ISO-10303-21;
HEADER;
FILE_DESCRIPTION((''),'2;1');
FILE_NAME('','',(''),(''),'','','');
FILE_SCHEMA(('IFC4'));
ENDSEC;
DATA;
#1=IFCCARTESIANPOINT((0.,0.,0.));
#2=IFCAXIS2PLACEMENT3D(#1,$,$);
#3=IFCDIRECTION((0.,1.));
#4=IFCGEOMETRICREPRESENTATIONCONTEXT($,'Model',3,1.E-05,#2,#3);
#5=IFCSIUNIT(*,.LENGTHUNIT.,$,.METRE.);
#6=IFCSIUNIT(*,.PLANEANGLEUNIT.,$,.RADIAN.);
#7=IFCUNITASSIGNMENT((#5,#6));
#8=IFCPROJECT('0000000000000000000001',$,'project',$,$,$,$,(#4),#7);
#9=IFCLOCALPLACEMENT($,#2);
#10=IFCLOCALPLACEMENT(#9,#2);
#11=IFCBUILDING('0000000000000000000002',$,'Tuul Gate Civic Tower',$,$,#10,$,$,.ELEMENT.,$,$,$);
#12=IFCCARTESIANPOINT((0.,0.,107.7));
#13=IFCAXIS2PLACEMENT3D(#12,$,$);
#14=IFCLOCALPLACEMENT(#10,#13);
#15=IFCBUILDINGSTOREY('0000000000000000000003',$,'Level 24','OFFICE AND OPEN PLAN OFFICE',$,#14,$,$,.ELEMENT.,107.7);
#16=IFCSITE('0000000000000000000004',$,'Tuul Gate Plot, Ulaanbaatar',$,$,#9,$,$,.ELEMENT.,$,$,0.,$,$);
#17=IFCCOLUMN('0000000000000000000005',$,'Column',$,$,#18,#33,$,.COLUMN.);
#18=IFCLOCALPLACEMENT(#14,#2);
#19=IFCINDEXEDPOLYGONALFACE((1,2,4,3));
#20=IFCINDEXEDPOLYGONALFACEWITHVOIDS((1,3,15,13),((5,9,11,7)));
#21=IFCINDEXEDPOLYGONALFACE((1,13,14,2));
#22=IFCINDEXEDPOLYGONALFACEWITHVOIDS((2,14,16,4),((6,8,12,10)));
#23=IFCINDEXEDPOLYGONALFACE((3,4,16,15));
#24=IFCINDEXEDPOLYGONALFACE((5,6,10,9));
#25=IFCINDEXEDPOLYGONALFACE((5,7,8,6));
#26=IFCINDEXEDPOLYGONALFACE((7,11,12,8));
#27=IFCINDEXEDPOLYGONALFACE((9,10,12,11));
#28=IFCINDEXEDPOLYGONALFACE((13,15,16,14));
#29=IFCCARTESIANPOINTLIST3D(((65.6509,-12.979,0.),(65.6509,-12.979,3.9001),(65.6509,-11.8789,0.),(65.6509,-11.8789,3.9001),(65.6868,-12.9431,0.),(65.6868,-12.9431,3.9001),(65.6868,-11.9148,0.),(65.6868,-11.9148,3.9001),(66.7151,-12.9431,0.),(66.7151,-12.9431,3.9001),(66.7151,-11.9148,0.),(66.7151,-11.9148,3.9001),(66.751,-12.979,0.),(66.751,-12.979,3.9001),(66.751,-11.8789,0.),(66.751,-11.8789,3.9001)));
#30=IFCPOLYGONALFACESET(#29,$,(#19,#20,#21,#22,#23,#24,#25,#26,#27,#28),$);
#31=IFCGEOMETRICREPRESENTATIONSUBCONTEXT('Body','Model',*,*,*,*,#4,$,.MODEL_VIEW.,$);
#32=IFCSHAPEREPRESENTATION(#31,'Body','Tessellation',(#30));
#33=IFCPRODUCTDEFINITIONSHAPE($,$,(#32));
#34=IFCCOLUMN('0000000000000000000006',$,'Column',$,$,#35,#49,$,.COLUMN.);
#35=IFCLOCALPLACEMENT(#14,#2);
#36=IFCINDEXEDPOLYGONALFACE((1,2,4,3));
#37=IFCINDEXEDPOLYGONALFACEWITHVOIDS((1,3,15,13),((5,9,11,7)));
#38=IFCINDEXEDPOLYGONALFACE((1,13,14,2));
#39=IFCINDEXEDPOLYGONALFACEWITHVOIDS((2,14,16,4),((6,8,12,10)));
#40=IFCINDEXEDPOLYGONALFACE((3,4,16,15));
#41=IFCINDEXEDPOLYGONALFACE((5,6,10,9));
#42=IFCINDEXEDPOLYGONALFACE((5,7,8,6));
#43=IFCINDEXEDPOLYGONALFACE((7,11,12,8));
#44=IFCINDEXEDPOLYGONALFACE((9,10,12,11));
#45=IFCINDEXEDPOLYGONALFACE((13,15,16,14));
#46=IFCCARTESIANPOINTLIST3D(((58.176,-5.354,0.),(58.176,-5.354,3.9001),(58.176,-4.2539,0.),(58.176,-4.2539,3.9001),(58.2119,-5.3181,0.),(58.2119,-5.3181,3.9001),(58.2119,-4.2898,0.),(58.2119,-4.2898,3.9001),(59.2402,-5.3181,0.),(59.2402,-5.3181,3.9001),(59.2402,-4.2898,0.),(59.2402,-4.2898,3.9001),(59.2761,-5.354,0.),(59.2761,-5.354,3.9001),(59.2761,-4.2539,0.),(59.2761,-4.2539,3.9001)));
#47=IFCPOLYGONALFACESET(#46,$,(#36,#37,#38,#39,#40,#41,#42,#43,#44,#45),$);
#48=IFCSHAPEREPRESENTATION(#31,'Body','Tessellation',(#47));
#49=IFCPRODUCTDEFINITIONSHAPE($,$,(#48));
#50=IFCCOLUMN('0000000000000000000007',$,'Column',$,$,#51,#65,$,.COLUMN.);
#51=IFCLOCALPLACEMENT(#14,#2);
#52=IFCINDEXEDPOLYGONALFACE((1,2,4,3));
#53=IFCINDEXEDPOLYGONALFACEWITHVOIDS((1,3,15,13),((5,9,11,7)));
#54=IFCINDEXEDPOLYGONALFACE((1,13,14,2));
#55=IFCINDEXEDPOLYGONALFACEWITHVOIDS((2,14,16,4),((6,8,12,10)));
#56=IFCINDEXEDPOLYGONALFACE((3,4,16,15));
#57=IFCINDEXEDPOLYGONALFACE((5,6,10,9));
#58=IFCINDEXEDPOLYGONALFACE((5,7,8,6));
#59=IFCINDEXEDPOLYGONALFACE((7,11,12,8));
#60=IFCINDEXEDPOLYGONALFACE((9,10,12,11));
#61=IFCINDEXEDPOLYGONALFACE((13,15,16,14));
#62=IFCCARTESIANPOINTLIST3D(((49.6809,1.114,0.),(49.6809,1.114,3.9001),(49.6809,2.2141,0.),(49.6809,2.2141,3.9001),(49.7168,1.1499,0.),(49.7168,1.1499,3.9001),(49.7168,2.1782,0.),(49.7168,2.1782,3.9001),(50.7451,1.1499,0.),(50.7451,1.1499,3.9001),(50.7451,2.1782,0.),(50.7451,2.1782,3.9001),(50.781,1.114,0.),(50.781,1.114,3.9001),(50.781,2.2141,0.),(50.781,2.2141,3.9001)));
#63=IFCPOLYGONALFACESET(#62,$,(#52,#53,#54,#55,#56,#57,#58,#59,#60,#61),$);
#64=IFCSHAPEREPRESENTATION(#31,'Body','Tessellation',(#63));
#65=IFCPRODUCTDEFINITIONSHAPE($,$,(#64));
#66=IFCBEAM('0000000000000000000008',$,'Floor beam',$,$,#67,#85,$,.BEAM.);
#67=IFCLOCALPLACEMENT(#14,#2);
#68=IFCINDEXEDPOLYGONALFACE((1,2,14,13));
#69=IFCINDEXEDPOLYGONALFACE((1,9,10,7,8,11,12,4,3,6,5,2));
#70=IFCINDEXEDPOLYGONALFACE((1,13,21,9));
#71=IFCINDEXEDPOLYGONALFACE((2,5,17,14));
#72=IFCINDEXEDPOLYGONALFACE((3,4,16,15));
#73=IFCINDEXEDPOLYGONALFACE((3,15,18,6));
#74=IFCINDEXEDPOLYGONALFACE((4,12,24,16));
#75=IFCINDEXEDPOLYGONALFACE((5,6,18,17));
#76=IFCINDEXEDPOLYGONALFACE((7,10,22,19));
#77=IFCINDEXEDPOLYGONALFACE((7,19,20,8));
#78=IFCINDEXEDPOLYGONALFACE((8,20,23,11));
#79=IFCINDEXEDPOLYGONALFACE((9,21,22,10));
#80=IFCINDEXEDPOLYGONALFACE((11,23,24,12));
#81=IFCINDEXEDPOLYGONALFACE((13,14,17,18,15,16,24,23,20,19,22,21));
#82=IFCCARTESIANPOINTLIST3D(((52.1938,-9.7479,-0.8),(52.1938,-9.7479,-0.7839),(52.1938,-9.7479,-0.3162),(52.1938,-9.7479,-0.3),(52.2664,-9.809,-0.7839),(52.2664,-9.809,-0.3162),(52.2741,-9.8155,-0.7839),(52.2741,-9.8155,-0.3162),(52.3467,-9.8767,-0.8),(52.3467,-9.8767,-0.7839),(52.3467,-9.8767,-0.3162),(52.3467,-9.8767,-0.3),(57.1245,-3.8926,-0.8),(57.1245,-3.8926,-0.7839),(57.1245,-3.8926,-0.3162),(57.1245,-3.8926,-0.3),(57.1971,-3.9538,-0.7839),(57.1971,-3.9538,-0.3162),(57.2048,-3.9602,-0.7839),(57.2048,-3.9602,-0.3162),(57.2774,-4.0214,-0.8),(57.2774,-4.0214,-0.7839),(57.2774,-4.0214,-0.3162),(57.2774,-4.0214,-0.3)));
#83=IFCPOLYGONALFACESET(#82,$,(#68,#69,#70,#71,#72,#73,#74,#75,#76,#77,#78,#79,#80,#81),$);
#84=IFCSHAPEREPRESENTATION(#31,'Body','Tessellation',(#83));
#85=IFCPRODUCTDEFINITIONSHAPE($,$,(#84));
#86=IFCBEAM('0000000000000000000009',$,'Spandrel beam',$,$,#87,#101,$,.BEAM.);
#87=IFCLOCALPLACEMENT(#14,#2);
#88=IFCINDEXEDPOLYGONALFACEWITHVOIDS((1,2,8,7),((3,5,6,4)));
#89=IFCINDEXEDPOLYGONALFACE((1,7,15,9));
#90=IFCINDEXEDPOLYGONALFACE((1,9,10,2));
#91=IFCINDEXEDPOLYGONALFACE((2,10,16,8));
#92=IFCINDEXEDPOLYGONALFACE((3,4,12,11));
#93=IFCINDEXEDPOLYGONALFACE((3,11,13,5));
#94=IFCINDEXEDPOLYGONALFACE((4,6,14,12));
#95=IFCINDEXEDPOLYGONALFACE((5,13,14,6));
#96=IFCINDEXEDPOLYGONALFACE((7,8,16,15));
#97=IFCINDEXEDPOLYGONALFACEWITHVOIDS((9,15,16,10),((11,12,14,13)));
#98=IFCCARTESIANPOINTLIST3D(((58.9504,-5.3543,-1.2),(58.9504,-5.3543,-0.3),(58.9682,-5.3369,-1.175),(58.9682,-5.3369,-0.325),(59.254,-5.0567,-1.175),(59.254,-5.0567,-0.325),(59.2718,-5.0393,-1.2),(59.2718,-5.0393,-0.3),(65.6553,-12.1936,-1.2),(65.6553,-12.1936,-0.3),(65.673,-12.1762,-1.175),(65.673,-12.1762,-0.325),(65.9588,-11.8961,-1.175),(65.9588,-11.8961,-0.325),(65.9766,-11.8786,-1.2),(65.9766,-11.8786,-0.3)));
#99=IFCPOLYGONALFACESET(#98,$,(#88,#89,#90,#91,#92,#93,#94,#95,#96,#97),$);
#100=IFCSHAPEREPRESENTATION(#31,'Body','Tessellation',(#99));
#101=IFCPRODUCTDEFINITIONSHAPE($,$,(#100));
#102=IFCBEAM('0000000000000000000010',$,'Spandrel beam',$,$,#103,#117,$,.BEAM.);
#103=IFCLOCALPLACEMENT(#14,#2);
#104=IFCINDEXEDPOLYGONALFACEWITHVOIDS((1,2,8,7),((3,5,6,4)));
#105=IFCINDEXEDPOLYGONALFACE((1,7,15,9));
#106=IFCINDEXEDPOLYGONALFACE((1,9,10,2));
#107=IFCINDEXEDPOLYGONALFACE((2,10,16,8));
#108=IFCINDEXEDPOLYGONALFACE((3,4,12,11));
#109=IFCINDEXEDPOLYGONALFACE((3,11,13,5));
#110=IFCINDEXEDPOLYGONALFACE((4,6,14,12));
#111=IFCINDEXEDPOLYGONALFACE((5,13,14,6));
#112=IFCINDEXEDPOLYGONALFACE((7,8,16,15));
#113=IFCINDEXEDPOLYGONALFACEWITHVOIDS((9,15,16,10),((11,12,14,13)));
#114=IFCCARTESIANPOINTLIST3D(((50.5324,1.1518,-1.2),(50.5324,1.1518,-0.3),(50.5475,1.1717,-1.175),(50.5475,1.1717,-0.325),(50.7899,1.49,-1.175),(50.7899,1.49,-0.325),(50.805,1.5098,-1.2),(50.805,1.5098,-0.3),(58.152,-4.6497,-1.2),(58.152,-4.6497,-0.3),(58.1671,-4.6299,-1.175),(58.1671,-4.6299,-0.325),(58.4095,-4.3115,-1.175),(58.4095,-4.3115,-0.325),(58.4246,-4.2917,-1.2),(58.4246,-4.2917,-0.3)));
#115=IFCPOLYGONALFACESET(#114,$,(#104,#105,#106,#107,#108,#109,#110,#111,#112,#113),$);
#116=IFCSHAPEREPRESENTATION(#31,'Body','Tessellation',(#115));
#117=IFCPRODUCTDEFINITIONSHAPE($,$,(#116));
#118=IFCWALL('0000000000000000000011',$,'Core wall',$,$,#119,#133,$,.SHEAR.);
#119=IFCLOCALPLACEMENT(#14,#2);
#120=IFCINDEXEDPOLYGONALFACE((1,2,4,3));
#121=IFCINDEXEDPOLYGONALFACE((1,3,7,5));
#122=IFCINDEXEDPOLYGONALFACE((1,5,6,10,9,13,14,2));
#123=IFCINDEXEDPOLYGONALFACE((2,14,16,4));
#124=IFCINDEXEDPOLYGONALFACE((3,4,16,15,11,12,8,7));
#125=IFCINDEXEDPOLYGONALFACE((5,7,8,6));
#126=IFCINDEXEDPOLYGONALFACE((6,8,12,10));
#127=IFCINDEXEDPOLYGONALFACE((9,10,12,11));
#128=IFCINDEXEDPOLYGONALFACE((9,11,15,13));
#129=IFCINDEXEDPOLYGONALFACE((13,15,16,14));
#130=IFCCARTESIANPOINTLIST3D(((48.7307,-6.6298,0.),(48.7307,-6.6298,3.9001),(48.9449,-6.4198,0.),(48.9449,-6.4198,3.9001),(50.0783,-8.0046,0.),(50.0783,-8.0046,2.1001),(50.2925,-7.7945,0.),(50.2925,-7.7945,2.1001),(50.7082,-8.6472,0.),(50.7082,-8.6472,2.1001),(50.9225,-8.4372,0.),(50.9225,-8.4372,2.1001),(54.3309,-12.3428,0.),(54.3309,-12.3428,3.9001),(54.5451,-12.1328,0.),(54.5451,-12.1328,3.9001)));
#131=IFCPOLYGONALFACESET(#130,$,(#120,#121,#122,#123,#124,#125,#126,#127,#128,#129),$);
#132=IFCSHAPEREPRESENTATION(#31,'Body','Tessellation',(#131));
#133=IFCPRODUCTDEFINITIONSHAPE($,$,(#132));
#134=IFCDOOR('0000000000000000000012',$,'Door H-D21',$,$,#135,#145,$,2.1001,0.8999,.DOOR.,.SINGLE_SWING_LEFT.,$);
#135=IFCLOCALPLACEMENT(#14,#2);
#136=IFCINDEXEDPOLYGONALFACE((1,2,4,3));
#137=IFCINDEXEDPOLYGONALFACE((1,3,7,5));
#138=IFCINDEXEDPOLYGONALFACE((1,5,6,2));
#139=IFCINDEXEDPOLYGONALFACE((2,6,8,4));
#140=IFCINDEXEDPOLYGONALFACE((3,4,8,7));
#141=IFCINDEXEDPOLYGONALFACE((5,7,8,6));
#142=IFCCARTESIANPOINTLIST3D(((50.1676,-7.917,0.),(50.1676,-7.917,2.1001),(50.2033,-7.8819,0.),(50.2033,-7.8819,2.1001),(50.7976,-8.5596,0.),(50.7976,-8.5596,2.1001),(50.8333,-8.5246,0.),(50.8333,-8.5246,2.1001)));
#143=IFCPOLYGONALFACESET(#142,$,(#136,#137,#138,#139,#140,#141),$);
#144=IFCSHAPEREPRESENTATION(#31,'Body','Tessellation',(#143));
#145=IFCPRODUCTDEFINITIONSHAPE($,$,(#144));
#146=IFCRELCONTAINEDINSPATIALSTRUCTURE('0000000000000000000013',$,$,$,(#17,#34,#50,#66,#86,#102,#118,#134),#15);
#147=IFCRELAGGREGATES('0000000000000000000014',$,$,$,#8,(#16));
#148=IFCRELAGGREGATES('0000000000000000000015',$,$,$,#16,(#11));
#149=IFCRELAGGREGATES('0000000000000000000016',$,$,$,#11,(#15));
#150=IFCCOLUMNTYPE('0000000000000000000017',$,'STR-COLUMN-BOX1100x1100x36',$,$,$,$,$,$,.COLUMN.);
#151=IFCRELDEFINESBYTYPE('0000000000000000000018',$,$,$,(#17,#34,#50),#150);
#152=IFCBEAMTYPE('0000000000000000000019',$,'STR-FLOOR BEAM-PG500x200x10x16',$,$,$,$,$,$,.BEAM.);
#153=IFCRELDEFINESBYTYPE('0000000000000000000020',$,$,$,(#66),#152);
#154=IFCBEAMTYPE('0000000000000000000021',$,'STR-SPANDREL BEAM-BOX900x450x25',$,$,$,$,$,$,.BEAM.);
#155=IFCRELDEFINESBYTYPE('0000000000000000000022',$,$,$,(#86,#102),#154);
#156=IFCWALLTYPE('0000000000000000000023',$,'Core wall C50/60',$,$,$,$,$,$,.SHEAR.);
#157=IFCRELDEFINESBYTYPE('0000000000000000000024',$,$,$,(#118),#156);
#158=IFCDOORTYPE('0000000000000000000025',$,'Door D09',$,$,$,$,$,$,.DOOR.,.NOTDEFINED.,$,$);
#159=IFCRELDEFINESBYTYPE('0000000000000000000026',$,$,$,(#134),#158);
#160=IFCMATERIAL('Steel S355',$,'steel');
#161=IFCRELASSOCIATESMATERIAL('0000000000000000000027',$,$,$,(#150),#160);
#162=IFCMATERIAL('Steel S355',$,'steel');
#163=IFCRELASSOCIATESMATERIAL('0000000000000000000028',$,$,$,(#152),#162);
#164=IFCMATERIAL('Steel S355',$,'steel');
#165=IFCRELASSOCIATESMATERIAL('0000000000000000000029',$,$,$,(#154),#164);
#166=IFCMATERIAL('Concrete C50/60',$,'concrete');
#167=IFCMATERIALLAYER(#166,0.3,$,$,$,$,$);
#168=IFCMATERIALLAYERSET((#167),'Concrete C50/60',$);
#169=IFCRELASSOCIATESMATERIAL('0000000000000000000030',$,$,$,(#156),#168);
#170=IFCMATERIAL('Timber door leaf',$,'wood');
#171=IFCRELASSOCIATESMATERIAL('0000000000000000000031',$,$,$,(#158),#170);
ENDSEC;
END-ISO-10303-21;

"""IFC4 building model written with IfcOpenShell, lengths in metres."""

from ifc_helpers import new_model, si_unit, direction, frame, frame_2d, origin, origin_2d, place, context, subcontext, project, spatial, rectangle, hollow_rectangle, i_section, extrude, material, layer, layer_set, material_profile, profile_set, type_object, element, fill, save


model = new_model("IFC4")

# Units and contexts
model_context = context("Model", 3, precision=1e-05, world=origin(), true_north=direction((0.0, 1.0)))
body_context = subcontext(model_context, "Body", "Model", "MODEL_VIEW")
ifc_project = project(units=[si_unit("LENGTHUNIT", "METRE"), si_unit("PLANEANGLEUNIT", "RADIAN")], contexts=[model_context])

# Site, building, storey
site_placement = place(None, origin())
site = spatial("IfcSite", under=ifc_project, at=site_placement, Name="Tuul Gate Plot, Ulaanbaatar", CompositionType="ELEMENT", RefElevation=0.0)
building_placement = place(site_placement, origin())
building = spatial("IfcBuilding", under=site, at=building_placement, Name="Tuul Gate Civic Tower", CompositionType="ELEMENT")
storey_placement = place(building_placement, frame((0.0, 0.0, 107.7)))
storey = spatial("IfcBuildingStorey", under=building, at=storey_placement, Name="Level 24", Description="OFFICE AND OPEN PLAN OFFICE", CompositionType="ELEMENT", Elevation=107.7)

# Columns
ifc_material_1 = material(Name="Steel S355", Category="steel")
ifc_material_profile_1 = material_profile(ifc_material_1, hollow_rectangle(XDim=1.1001, YDim=1.1001, WallThickness=0.0359, at=origin_2d()), Name="BOX1100x1100x36")
ifc_profile_set_1 = profile_set([ifc_material_profile_1], Name="Steel S355")
column_type = type_object("IfcColumnType", Name="STR-COLUMN-BOX1100x1100x36", PredefinedType="COLUMN", material=ifc_profile_set_1)
for number, where, z_axis, x_axis, name in (
    (1, (66.2009, -12.429, 0.0), (0.0, 0.0, 1.0), (1.0, 0.0, 0.0), "Column"),
    (2, (58.7261, -4.804, 0.0), (0.0, 0.0, 1.0), (1.0, 0.0, 0.0), "Column"),
    (3, (50.231, 1.6641, 0.0), (0.0, 0.0, 1.0), (1.0, 0.0, 0.0), "Column"),
):
    element("IfcColumn", number, at=place(storey_placement, frame(where, z_axis=z_axis, x_axis=x_axis)), inside=storey, type_object=column_type, Name=name, PredefinedType="COLUMN", context=body_context, shape_type="SweptSolid", body=[
        extrude(hollow_rectangle(XDim=1.1001, YDim=1.1001, WallThickness=0.0359, at=origin_2d()), origin(), (0.0, 0.0, 1.0), 3.9001),
    ])

# Beams
ifc_material_2 = material(Name="Steel S355", Category="steel")
ifc_material_profile_2 = material_profile(ifc_material_2, i_section(OverallWidth=0.2, OverallDepth=0.5, WebThickness=0.01, FlangeThickness=0.0161, at=origin_2d()), Name="PG500x200x10x16")
ifc_profile_set_2 = profile_set([ifc_material_profile_2], Name="Steel S355")
beam_type_1 = type_object("IfcBeamType", Name="STR-FLOOR BEAM-PG500x200x10x16", PredefinedType="BEAM", material=ifc_profile_set_2)
beam_1_placement = place(storey_placement, frame((52.2703, -9.8123, -0.55), z_axis=(0.644132, 0.764915, 0.0), x_axis=(-0.764915, 0.644132, 0.0)))
element("IfcBeam", 4, at=beam_1_placement, inside=storey, type_object=beam_type_1, Name="Floor beam", PredefinedType="BEAM", context=body_context, shape_type="SweptSolid", body=[
    extrude(i_section(OverallWidth=0.2, OverallDepth=0.5, WebThickness=0.01, FlangeThickness=0.0161, at=origin_2d()), origin(), (0.0, 0.0, 1.0), 7.6548),
])
ifc_material_3 = material(Name="Steel S355", Category="steel")
ifc_material_profile_3 = material_profile(ifc_material_3, hollow_rectangle(XDim=0.45, YDim=0.8999, WallThickness=0.0249, at=origin_2d()), Name="BOX900x450x25")
ifc_profile_set_3 = profile_set([ifc_material_profile_3], Name="Steel S355")
beam_type_2 = type_object("IfcBeamType", Name="STR-SPANDREL BEAM-BOX900x450x25", PredefinedType="BEAM", material=ifc_profile_set_3)
beam_2_placement = place(storey_placement, frame((65.8159, -12.0361, -0.75), z_axis=(-0.700049, 0.714095, 0.0), x_axis=(-0.714095, -0.700049, 0.0)))
element("IfcBeam", 5, at=beam_2_placement, inside=storey, type_object=beam_type_2, Name="Spandrel beam", PredefinedType="BEAM", context=body_context, shape_type="SweptSolid", body=[
    extrude(hollow_rectangle(XDim=0.45, YDim=0.8999, WallThickness=0.0249, at=origin_2d()), origin(), (0.0, 0.0, 1.0), 9.5776),
])
beam_3_placement = place(storey_placement, frame((58.2883, -4.4707, -0.75), z_axis=(-0.795629, 0.605784, 0.0), x_axis=(-0.605784, -0.795629, 0.0)))
element("IfcBeam", 6, at=beam_3_placement, inside=storey, type_object=beam_type_2, Name="Spandrel beam", PredefinedType="BEAM", context=body_context, shape_type="SweptSolid", body=[
    extrude(hollow_rectangle(XDim=0.45, YDim=0.8999, WallThickness=0.0249, at=origin_2d()), origin(), (0.0, 0.0, 1.0), 9.5769),
])

# Wall, opening, door
ifc_material_4 = material(Name="Concrete C50/60", Category="concrete")
ifc_layer_1 = layer(ifc_material_4, 0.3)
ifc_layer_set_1 = layer_set([ifc_layer_1], Name="Concrete C50/60")
wall_type_1 = type_object("IfcWallType", Name="Core wall C50/60", PredefinedType="SHEAR", material=ifc_layer_set_1)
wall_1_placement = place(storey_placement, frame((54.438, -12.2378, 0.0), z_axis=(0.0, 0.0, 1.0), x_axis=(-0.700022, 0.714121, 0.0)))
wall_1 = element("IfcWall", 7, at=wall_1_placement, inside=storey, type_object=wall_type_1, Name="Core wall", PredefinedType="SHEAR", context=body_context, shape_type="SweptSolid", body=[
    extrude(rectangle(XDim=8.0, YDim=0.3, at=frame_2d((4.0, 0.0))), origin(), (0.0, 0.0, 1.0), 3.9001),
])
opening_1_placement = place(wall_1_placement, frame((5.175, 0.0, 0.0)))
opening_1 = element("IfcOpeningElement", 8, at=opening_1_placement, cuts=wall_1, PredefinedType="OPENING", context=body_context, shape_type="SweptSolid", body=[
    extrude(rectangle(XDim=0.8999, YDim=2.1001, at=frame_2d((0.45, 1.05))), frame((0.0, 0.1602, 0.0), z_axis=(0.0, -1.0, 0.0), x_axis=(1.0, 0.0, 0.0)), (0.0, 0.0, 1.0), 0.3201),
])
ifc_material_5 = material(Name="Timber door leaf", Category="wood")
door_type = type_object("IfcDoorType", Name="Door D09", OperationType="NOTDEFINED", PredefinedType="DOOR", material=ifc_material_5)
door_1_placement = place(opening_1_placement, origin())
door_1 = element("IfcDoor", 9, at=door_1_placement, inside=storey, type_object=door_type, Name="Door H-D21", OperationType="SINGLE_SWING_LEFT", OverallHeight=2.1001, OverallWidth=0.8999, PredefinedType="DOOR", context=body_context, shape_type="SweptSolid", body=[
    extrude(rectangle(XDim=0.8999, YDim=2.1001, at=frame_2d((0.45, 1.05))), frame((0.0, 0.0249, 0.0), z_axis=(0.0, -1.0, 0.0), x_axis=(1.0, 0.0, 0.0)), (0.0, 0.0, 1.0), 0.05),
])
fill(opening_1, door_1)

save(model, "model.ifc")
